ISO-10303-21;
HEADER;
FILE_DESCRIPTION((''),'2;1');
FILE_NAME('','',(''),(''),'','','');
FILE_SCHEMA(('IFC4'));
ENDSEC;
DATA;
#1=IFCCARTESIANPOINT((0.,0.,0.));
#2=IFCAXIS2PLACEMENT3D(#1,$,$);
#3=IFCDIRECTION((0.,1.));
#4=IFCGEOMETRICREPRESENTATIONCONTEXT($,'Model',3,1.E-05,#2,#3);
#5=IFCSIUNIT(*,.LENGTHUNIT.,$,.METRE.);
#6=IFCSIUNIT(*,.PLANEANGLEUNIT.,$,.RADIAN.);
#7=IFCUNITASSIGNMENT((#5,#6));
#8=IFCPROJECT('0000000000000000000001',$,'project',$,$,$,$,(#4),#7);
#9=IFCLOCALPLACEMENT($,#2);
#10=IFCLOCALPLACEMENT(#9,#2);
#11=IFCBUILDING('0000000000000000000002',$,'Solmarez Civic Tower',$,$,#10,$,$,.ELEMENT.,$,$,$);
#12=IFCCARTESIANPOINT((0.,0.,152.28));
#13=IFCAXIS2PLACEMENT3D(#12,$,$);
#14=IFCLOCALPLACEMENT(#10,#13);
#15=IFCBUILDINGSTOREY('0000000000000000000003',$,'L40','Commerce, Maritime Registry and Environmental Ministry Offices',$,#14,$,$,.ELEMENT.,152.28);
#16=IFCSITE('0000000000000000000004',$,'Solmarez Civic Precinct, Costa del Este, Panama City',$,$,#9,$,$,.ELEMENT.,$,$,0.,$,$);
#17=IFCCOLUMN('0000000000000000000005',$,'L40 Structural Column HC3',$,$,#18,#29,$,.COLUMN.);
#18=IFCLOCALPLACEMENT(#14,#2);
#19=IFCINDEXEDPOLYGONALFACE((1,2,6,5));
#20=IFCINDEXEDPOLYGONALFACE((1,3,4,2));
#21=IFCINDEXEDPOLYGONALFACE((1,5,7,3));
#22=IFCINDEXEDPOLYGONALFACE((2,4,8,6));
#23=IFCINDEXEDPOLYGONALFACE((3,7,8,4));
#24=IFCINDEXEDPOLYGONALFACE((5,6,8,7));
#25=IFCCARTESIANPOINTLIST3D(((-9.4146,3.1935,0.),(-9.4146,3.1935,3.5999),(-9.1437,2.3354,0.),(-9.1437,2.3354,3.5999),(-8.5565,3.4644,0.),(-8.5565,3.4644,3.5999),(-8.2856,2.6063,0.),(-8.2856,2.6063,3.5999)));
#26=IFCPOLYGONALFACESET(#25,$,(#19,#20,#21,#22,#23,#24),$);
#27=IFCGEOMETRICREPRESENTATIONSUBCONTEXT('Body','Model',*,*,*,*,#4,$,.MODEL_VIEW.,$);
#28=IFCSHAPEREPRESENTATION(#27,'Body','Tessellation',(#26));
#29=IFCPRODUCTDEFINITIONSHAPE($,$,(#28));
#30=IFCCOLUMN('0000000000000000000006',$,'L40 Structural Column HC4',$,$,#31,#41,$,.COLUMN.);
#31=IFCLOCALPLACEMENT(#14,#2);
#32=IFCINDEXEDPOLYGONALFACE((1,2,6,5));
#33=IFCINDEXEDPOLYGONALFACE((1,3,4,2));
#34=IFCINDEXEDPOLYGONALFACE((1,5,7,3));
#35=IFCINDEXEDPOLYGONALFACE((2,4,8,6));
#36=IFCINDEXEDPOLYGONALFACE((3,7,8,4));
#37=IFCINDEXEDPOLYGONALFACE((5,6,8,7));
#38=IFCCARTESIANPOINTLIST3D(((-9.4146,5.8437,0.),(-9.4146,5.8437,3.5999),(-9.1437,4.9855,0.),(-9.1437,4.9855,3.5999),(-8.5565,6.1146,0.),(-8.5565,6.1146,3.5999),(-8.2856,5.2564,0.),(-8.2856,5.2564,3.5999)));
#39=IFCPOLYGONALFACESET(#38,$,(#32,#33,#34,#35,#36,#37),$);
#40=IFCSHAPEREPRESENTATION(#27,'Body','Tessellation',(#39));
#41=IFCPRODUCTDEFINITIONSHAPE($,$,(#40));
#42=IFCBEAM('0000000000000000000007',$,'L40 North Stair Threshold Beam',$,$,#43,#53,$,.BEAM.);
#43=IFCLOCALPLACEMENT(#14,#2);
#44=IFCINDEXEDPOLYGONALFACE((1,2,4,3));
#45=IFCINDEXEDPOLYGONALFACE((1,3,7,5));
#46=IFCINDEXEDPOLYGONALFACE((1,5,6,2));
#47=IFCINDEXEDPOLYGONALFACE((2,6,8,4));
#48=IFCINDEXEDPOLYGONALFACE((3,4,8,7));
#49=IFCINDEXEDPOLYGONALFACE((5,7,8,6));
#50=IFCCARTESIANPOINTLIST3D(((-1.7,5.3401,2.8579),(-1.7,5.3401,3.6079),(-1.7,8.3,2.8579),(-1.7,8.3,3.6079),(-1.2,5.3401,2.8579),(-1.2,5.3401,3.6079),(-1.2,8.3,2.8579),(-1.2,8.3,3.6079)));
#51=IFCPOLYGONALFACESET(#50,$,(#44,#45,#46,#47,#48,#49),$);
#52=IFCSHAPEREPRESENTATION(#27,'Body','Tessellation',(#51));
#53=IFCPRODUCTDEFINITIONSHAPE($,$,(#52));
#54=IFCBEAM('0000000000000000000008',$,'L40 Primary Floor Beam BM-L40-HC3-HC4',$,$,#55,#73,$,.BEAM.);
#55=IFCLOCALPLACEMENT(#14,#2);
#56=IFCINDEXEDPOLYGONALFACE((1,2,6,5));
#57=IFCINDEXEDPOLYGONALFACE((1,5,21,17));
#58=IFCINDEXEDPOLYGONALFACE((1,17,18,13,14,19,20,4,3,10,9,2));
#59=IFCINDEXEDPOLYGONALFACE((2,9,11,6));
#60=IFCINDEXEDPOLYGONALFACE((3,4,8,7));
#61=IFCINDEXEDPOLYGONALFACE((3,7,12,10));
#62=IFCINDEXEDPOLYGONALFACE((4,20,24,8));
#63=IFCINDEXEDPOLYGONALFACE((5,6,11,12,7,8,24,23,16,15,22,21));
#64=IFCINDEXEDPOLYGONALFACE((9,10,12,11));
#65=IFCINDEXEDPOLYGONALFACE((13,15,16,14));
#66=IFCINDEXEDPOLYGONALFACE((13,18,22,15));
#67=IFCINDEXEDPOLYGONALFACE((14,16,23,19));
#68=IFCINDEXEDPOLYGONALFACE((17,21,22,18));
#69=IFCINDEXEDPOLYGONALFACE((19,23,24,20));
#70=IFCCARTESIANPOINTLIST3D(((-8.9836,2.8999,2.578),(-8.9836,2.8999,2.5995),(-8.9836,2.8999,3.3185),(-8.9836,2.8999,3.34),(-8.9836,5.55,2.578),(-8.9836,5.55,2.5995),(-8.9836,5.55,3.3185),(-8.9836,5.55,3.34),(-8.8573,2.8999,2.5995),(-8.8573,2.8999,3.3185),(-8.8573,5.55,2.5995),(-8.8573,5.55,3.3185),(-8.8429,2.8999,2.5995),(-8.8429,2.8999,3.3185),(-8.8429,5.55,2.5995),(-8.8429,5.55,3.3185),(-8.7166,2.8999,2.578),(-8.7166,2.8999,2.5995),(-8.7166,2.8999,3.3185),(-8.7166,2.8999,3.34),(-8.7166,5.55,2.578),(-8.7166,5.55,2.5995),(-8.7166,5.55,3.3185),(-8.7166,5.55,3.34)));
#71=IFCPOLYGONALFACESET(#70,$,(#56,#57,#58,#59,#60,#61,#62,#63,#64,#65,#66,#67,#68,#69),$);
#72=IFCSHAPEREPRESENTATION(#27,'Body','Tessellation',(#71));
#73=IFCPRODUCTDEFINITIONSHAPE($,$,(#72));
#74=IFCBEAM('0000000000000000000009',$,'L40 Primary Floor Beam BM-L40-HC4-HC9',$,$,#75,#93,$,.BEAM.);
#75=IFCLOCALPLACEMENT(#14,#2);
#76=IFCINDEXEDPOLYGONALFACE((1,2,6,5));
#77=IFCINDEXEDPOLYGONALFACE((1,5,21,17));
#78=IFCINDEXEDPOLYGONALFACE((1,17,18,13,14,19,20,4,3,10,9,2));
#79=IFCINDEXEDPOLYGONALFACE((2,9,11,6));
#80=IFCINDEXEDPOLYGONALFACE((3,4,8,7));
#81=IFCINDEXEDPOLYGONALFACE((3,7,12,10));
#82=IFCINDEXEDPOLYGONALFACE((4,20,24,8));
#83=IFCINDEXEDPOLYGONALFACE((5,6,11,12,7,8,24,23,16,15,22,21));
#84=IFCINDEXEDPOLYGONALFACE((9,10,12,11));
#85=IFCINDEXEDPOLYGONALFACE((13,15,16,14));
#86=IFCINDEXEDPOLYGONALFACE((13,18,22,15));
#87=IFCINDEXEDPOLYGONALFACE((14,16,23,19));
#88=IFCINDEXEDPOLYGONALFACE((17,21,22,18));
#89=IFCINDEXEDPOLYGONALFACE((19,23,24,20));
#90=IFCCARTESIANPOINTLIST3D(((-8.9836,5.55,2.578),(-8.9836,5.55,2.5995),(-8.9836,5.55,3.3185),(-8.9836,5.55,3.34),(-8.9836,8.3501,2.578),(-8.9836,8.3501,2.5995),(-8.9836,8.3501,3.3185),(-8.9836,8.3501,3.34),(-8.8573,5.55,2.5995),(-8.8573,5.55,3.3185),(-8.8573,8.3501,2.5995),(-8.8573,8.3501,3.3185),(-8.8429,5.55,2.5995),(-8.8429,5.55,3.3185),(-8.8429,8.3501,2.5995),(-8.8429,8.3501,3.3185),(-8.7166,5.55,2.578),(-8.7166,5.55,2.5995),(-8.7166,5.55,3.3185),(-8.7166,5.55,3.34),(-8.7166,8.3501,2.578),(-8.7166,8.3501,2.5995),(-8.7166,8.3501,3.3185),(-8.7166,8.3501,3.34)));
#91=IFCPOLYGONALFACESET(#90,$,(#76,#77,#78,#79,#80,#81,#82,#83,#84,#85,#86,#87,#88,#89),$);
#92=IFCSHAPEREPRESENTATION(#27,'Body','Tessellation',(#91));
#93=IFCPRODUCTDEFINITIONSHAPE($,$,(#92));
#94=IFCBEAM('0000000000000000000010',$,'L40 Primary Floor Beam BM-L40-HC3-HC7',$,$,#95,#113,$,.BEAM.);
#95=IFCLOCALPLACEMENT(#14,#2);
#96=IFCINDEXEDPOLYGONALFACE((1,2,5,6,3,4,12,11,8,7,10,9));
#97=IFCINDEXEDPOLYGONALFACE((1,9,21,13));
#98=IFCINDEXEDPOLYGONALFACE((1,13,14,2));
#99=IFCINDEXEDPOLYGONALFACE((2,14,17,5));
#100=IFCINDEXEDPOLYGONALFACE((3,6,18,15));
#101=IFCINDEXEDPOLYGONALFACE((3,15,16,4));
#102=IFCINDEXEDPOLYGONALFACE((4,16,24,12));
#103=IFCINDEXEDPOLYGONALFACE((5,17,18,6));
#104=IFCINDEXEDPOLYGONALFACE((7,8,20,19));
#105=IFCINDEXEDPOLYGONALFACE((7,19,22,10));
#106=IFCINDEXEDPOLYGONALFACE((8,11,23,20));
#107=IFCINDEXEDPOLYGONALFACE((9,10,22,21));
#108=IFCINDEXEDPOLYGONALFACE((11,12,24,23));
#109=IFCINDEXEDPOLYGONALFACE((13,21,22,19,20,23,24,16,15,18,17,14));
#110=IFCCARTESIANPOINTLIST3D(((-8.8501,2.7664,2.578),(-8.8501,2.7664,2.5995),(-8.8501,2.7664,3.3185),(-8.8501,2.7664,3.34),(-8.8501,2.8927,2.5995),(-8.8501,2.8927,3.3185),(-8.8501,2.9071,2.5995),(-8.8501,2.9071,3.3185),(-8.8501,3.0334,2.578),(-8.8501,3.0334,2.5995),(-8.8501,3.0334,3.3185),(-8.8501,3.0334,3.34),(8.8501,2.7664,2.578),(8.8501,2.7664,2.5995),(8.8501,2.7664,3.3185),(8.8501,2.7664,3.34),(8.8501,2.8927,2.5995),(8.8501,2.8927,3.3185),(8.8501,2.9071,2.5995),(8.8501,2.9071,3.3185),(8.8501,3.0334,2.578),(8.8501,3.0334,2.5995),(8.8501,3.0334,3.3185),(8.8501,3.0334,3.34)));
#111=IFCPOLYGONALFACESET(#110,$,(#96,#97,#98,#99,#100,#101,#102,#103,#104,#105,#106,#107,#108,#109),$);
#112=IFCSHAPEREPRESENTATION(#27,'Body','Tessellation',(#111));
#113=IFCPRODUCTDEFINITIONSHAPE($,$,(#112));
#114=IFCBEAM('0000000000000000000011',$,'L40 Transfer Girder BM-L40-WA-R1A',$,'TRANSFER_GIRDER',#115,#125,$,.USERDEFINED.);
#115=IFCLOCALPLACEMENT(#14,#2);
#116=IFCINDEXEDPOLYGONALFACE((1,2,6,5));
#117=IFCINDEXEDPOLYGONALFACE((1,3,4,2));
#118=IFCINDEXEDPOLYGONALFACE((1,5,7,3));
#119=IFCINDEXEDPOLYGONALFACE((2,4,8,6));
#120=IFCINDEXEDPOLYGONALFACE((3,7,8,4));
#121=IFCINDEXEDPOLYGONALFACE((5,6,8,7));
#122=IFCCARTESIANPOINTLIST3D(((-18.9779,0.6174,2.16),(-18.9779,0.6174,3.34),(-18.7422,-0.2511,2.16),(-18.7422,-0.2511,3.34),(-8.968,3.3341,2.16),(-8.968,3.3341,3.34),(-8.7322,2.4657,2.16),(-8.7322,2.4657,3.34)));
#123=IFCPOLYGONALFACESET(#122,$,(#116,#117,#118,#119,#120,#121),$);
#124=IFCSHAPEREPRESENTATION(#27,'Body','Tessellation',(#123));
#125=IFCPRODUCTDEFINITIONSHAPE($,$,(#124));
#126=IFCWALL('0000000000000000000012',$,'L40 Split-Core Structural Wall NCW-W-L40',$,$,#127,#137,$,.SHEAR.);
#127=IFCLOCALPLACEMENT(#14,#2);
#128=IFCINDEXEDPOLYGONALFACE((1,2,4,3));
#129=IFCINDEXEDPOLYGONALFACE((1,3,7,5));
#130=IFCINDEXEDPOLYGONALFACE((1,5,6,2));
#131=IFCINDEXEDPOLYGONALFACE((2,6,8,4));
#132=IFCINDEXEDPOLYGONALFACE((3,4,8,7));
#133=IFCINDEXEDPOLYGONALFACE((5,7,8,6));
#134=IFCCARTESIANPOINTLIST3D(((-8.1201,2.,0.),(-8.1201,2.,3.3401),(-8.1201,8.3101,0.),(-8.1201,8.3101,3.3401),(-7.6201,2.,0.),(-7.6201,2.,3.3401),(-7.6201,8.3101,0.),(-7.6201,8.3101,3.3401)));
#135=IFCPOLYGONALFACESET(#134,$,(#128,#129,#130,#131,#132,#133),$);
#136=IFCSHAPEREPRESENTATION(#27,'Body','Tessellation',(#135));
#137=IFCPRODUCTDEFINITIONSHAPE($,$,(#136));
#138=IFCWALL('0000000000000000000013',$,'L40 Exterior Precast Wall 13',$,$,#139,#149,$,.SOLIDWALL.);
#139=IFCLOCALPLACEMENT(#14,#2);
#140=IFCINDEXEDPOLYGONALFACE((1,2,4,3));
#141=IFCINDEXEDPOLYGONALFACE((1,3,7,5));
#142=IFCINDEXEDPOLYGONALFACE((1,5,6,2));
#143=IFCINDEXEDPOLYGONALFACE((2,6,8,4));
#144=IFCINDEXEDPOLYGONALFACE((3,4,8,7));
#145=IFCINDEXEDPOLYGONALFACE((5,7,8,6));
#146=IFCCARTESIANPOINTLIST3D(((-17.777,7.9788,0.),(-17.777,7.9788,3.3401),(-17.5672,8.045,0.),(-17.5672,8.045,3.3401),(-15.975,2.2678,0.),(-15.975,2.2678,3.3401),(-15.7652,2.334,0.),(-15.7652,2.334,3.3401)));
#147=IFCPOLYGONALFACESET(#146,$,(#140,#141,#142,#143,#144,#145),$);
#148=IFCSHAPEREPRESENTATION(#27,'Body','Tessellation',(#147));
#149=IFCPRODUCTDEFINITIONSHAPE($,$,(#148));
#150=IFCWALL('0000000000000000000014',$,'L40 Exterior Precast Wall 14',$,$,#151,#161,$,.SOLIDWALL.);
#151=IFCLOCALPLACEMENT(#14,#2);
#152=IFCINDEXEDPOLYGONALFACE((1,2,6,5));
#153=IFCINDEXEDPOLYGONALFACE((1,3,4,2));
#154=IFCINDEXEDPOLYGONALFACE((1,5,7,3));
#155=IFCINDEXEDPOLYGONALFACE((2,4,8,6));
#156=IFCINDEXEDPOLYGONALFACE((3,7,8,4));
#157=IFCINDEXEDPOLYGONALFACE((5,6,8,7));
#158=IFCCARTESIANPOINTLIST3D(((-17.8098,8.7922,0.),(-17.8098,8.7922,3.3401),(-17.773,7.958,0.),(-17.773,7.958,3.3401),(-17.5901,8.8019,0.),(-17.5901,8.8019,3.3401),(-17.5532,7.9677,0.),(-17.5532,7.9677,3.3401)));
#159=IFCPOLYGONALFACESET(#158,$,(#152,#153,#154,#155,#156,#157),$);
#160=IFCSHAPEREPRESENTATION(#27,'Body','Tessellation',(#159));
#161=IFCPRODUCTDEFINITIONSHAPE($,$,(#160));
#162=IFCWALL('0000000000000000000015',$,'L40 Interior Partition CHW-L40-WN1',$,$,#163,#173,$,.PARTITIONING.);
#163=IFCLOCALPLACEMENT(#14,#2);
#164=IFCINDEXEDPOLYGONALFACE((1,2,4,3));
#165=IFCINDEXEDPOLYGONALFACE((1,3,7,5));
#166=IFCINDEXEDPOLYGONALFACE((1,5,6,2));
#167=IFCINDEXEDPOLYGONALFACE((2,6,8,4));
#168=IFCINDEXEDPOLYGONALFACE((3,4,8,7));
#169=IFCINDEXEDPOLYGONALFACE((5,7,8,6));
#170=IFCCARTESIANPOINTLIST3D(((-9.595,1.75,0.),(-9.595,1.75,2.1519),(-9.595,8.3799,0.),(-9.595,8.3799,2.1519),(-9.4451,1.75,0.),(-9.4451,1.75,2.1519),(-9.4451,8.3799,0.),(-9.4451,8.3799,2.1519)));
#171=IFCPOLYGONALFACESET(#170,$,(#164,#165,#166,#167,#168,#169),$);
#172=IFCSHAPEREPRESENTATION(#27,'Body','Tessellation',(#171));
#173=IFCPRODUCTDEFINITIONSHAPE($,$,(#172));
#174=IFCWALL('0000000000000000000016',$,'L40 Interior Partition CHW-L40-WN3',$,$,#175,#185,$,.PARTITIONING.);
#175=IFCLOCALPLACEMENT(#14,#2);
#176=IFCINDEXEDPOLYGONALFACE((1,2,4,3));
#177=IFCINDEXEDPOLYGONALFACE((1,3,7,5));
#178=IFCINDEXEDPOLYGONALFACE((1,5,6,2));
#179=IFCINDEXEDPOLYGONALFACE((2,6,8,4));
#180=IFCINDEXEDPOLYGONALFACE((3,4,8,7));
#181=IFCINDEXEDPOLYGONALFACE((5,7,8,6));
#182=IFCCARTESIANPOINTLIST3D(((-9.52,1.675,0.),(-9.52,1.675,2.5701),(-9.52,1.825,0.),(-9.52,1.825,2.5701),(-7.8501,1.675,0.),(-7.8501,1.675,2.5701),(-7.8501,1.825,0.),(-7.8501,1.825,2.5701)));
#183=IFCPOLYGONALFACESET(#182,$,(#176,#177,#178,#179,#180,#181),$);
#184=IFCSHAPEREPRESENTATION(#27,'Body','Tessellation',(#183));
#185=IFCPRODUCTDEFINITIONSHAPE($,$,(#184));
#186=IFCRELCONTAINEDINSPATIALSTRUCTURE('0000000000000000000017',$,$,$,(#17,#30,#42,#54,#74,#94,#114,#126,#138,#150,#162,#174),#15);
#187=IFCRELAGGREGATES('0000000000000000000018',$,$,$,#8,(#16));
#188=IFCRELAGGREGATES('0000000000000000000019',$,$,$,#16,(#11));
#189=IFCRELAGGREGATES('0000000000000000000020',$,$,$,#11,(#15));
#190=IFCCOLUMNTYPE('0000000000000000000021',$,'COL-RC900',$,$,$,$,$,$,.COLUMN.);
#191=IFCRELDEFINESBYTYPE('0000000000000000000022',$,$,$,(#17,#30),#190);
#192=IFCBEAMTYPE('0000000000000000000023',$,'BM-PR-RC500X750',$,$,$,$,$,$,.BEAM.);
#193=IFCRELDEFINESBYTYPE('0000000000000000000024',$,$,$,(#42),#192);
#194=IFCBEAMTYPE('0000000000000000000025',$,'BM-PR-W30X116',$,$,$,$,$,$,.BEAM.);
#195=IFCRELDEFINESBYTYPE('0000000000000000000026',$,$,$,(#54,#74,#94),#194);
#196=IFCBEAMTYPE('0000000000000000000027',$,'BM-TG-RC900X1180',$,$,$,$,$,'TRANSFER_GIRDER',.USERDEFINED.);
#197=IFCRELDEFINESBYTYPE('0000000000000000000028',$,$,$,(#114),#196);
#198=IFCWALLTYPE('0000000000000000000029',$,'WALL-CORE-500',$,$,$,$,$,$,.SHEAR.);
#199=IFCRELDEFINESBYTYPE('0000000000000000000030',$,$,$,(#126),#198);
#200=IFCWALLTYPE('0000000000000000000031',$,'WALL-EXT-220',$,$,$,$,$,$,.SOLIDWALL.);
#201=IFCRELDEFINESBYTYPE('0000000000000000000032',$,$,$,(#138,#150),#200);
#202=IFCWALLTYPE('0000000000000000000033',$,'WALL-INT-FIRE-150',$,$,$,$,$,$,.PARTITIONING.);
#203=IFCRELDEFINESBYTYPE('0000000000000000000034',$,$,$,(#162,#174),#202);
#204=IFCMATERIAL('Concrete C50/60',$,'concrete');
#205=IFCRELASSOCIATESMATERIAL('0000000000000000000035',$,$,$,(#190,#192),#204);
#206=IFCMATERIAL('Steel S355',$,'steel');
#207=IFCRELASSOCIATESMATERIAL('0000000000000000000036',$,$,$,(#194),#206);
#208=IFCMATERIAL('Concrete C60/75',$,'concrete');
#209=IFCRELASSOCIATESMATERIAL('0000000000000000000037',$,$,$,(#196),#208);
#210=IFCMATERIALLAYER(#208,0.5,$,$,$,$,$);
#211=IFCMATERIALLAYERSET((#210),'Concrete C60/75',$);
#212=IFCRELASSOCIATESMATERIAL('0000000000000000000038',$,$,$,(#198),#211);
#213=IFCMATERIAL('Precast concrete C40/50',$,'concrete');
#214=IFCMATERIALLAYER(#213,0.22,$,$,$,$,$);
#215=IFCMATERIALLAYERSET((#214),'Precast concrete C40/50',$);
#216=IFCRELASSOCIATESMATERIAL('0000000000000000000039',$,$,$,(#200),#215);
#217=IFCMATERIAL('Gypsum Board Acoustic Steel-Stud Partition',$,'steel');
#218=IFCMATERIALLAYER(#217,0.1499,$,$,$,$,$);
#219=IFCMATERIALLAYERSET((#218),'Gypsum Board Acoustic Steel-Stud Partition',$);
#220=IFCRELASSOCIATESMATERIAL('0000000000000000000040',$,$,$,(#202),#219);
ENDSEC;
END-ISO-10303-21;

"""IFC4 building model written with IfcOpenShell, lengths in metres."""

from ifc_helpers import new_model, si_unit, direction, frame, frame_2d, origin, origin_2d, place, context, subcontext, project, spatial, rectangle, i_section, extrude, material, layer, layer_set, material_profile, profile_set, type_object, element, save


model = new_model("IFC4")

# Units and contexts
model_context = context("Model", 3, precision=1e-05, world=origin(), true_north=direction((0.0, 1.0)))
body_context = subcontext(model_context, "Body", "Model", "MODEL_VIEW")
ifc_project = project(units=[si_unit("LENGTHUNIT", "METRE"), si_unit("PLANEANGLEUNIT", "RADIAN")], contexts=[model_context])

# Site, building, storey
site_placement = place(None, origin())
site = spatial("IfcSite", under=ifc_project, at=site_placement, Name="Solmarez Civic Precinct, Costa del Este, Panama City", CompositionType="ELEMENT", RefElevation=0.0)
building_placement = place(site_placement, origin())
building = spatial("IfcBuilding", under=site, at=building_placement, Name="Solmarez Civic Tower", CompositionType="ELEMENT")
storey_placement = place(building_placement, frame((0.0, 0.0, 152.28)))
storey = spatial("IfcBuildingStorey", under=building, at=storey_placement, Name="L40", Description="Commerce, Maritime Registry and Environmental Ministry Offices", CompositionType="ELEMENT", Elevation=152.28)

# Columns
ifc_material_1 = material(Name="Concrete C50/60", Category="concrete")
ifc_material_profile_1 = material_profile(ifc_material_1, rectangle(XDim=0.8999, YDim=0.8999, at=origin_2d()), Name="RC900X900")
ifc_profile_set_1 = profile_set([ifc_material_profile_1], Name="Concrete C50/60")
column_type = type_object("IfcColumnType", Name="COL-RC900", PredefinedType="COLUMN", material=ifc_profile_set_1)
for number, where, z_axis, x_axis, name in (
    (1, (-8.8501, 2.8999, 0.0), (0.0, 0.0, 1.0), (0.953612, 0.301039, 0.0), "L40 Structural Column HC3"),
    (2, (-8.8501, 5.55, 0.0), (0.0, 0.0, 1.0), (0.953612, 0.301039, 0.0), "L40 Structural Column HC4"),
):
    element("IfcColumn", number, at=place(storey_placement, frame(where, z_axis=z_axis, x_axis=x_axis)), inside=storey, type_object=column_type, Name=name, PredefinedType="COLUMN", context=body_context, shape_type="SweptSolid", body=[
        extrude(rectangle(XDim=0.8999, YDim=0.8999, at=origin_2d()), origin(), (0.0, 0.0, 1.0), 3.5999),
    ])

# Beams
ifc_material_profile_2 = material_profile(ifc_material_1, rectangle(XDim=0.5, YDim=0.75, at=origin_2d()), Name="RC500X750")
ifc_profile_set_2 = profile_set([ifc_material_profile_2], Name="Concrete C50/60")
beam_type_1 = type_object("IfcBeamType", Name="BM-PR-RC500X750", PredefinedType="BEAM", material=ifc_profile_set_2)
beam_1_placement = place(storey_placement, frame((-1.45, 5.3401, 3.2329), z_axis=(0.0, 1.0, 0.0), x_axis=(-1.0, 0.0, 0.0)))
element("IfcBeam", 3, at=beam_1_placement, inside=storey, type_object=beam_type_1, Name="L40 North Stair Threshold Beam", PredefinedType="BEAM", context=body_context, shape_type="SweptSolid", body=[
    extrude(rectangle(XDim=0.5, YDim=0.75, at=origin_2d()), origin(), (0.0, 0.0, 1.0), 2.96),
])
ifc_material_2 = material(Name="Steel S355", Category="steel")
ifc_material_profile_3 = material_profile(ifc_material_2, i_section(OverallWidth=0.2671, OverallDepth=0.762, WebThickness=0.0144, FlangeThickness=0.0215, at=origin_2d()), Name="W30X116")
ifc_profile_set_3 = profile_set([ifc_material_profile_3], Name="Steel S355")
beam_type_2 = type_object("IfcBeamType", Name="BM-PR-W30X116", PredefinedType="BEAM", material=ifc_profile_set_3)
beam_2_placement = place(storey_placement, frame((-8.8501, 2.8999, 2.959), z_axis=(0.0, 1.0, 0.0), x_axis=(-1.0, 0.0, 0.0)))
element("IfcBeam", 4, at=beam_2_placement, inside=storey, type_object=beam_type_2, Name="L40 Primary Floor Beam BM-L40-HC3-HC4", PredefinedType="BEAM", context=body_context, shape_type="SweptSolid", body=[
    extrude(i_section(OverallWidth=0.2671, OverallDepth=0.762, WebThickness=0.0144, FlangeThickness=0.0215, at=origin_2d()), origin(), (0.0, 0.0, 1.0), 2.6501),
])
beam_3_placement = place(storey_placement, frame((-8.8501, 5.55, 2.959), z_axis=(0.0, 1.0, 0.0), x_axis=(-1.0, 0.0, 0.0)))
element("IfcBeam", 5, at=beam_3_placement, inside=storey, type_object=beam_type_2, Name="L40 Primary Floor Beam BM-L40-HC4-HC9", PredefinedType="BEAM", context=body_context, shape_type="SweptSolid", body=[
    extrude(i_section(OverallWidth=0.2671, OverallDepth=0.762, WebThickness=0.0144, FlangeThickness=0.0215, at=origin_2d()), origin(), (0.0, 0.0, 1.0), 2.8),
])
beam_4_placement = place(storey_placement, frame((-8.8501, 2.8999, 2.959), z_axis=(1.0, 0.0, 0.0), x_axis=(0.0, 1.0, 0.0)))
element("IfcBeam", 6, at=beam_4_placement, inside=storey, type_object=beam_type_2, Name="L40 Primary Floor Beam BM-L40-HC3-HC7", PredefinedType="BEAM", context=body_context, shape_type="SweptSolid", body=[
    extrude(i_section(OverallWidth=0.2671, OverallDepth=0.762, WebThickness=0.0144, FlangeThickness=0.0215, at=origin_2d()), origin(), (0.0, 0.0, 1.0), 17.7002),
])
ifc_material_3 = material(Name="Concrete C60/75", Category="concrete")
ifc_material_profile_4 = material_profile(ifc_material_3, rectangle(XDim=0.8999, YDim=1.1799, at=origin_2d()), Name="RC900X1180")
ifc_profile_set_4 = profile_set([ifc_material_profile_4], Name="Concrete C60/75")
beam_type_3 = type_object("IfcBeamType", Name="BM-TG-RC900X1180", ElementType="TRANSFER_GIRDER", PredefinedType="USERDEFINED", material=ifc_profile_set_4)
beam_5_placement = place(storey_placement, frame((-8.8501, 2.8999, 2.75), z_axis=(-0.965086, -0.261932, 0.0), x_axis=(0.261932, -0.965086, 0.0)))
element("IfcBeam", 7, at=beam_5_placement, inside=storey, type_object=beam_type_3, Name="L40 Transfer Girder BM-L40-WA-R1A", ObjectType="TRANSFER_GIRDER", PredefinedType="USERDEFINED", context=body_context, shape_type="SweptSolid", body=[
    extrude(rectangle(XDim=0.8999, YDim=1.1799, at=origin_2d()), origin(), (0.0, 0.0, 1.0), 10.3721),
])

# Walls
ifc_layer_1 = layer(ifc_material_3, 0.5)
ifc_layer_set_1 = layer_set([ifc_layer_1], Name="Concrete C60/75")
wall_type_1 = type_object("IfcWallType", Name="WALL-CORE-500", PredefinedType="SHEAR", material=ifc_layer_set_1)
wall_1_placement = place(storey_placement, frame((-7.8701, 2.0, 0.0), z_axis=(0.0, 0.0, 1.0), x_axis=(0.0, 1.0, 0.0)))
element("IfcWall", 8, at=wall_1_placement, inside=storey, type_object=wall_type_1, Name="L40 Split-Core Structural Wall NCW-W-L40", PredefinedType="SHEAR", context=body_context, shape_type="SweptSolid", body=[
    extrude(rectangle(XDim=6.3101, YDim=0.5, at=frame_2d((3.155, 0.0))), origin(), (0.0, 0.0, 1.0), 3.3401),
])
ifc_material_4 = material(Name="Precast concrete C40/50", Category="concrete")
ifc_layer_2 = layer(ifc_material_4, 0.22)
ifc_layer_set_2 = layer_set([ifc_layer_2], Name="Precast concrete C40/50")
wall_type_2 = type_object("IfcWallType", Name="WALL-EXT-220", PredefinedType="SOLIDWALL", material=ifc_layer_set_2)
wall_2_placement = place(storey_placement, frame((-15.8701, 2.301, 0.0), z_axis=(0.0, 0.0, 1.0), x_axis=(-0.300911, 0.953652, 0.0)))
element("IfcWall", 9, at=wall_2_placement, inside=storey, type_object=wall_type_2, Name="L40 Exterior Precast Wall 13", PredefinedType="SOLIDWALL", context=body_context, shape_type="SweptSolid", body=[
    extrude(rectangle(XDim=5.9885, YDim=0.22, at=frame_2d((2.9941, 0.0))), origin(), (0.0, 0.0, 1.0), 3.3401),
])
wall_3_placement = place(storey_placement, frame((-17.6631, 7.9629, 0.0), z_axis=(0.0, 0.0, 1.0), x_axis=(-0.044148, 0.999025, 0.0)))
element("IfcWall", 10, at=wall_3_placement, inside=storey, type_object=wall_type_2, Name="L40 Exterior Precast Wall 14", PredefinedType="SOLIDWALL", context=body_context, shape_type="SweptSolid", body=[
    extrude(rectangle(XDim=0.835, YDim=0.22, at=frame_2d((0.4175, 0.0))), origin(), (0.0, 0.0, 1.0), 3.3401),
])
ifc_material_5 = material(Name="Gypsum Board Acoustic Steel-Stud Partition", Category="steel")
ifc_layer_3 = layer(ifc_material_5, 0.1499)
ifc_layer_set_3 = layer_set([ifc_layer_3], Name="Gypsum Board Acoustic Steel-Stud Partition")
wall_type_3 = type_object("IfcWallType", Name="WALL-INT-FIRE-150", PredefinedType="PARTITIONING", material=ifc_layer_set_3)
wall_4_placement = place(storey_placement, frame((-9.52, 1.75, 0.0), z_axis=(0.0, 0.0, 1.0), x_axis=(0.0, 1.0, 0.0)))
element("IfcWall", 11, at=wall_4_placement, inside=storey, type_object=wall_type_3, Name="L40 Interior Partition CHW-L40-WN1", PredefinedType="PARTITIONING", context=body_context, shape_type="SweptSolid", body=[
    extrude(rectangle(XDim=6.6299, YDim=0.1499, at=frame_2d((3.3149, 0.0))), origin(), (0.0, 0.0, 1.0), 2.1519),
])
wall_5_placement = place(storey_placement, frame((-7.8501, 1.75, 0.0), z_axis=(0.0, 0.0, 1.0), x_axis=(-1.0, 0.0, 0.0)))
element("IfcWall", 12, at=wall_5_placement, inside=storey, type_object=wall_type_3, Name="L40 Interior Partition CHW-L40-WN3", PredefinedType="PARTITIONING", context=body_context, shape_type="SweptSolid", body=[
    extrude(rectangle(XDim=1.6699, YDim=0.1499, at=frame_2d((0.835, 0.0))), origin(), (0.0, 0.0, 1.0), 2.5701),
])

save(model, "model.ifc")
